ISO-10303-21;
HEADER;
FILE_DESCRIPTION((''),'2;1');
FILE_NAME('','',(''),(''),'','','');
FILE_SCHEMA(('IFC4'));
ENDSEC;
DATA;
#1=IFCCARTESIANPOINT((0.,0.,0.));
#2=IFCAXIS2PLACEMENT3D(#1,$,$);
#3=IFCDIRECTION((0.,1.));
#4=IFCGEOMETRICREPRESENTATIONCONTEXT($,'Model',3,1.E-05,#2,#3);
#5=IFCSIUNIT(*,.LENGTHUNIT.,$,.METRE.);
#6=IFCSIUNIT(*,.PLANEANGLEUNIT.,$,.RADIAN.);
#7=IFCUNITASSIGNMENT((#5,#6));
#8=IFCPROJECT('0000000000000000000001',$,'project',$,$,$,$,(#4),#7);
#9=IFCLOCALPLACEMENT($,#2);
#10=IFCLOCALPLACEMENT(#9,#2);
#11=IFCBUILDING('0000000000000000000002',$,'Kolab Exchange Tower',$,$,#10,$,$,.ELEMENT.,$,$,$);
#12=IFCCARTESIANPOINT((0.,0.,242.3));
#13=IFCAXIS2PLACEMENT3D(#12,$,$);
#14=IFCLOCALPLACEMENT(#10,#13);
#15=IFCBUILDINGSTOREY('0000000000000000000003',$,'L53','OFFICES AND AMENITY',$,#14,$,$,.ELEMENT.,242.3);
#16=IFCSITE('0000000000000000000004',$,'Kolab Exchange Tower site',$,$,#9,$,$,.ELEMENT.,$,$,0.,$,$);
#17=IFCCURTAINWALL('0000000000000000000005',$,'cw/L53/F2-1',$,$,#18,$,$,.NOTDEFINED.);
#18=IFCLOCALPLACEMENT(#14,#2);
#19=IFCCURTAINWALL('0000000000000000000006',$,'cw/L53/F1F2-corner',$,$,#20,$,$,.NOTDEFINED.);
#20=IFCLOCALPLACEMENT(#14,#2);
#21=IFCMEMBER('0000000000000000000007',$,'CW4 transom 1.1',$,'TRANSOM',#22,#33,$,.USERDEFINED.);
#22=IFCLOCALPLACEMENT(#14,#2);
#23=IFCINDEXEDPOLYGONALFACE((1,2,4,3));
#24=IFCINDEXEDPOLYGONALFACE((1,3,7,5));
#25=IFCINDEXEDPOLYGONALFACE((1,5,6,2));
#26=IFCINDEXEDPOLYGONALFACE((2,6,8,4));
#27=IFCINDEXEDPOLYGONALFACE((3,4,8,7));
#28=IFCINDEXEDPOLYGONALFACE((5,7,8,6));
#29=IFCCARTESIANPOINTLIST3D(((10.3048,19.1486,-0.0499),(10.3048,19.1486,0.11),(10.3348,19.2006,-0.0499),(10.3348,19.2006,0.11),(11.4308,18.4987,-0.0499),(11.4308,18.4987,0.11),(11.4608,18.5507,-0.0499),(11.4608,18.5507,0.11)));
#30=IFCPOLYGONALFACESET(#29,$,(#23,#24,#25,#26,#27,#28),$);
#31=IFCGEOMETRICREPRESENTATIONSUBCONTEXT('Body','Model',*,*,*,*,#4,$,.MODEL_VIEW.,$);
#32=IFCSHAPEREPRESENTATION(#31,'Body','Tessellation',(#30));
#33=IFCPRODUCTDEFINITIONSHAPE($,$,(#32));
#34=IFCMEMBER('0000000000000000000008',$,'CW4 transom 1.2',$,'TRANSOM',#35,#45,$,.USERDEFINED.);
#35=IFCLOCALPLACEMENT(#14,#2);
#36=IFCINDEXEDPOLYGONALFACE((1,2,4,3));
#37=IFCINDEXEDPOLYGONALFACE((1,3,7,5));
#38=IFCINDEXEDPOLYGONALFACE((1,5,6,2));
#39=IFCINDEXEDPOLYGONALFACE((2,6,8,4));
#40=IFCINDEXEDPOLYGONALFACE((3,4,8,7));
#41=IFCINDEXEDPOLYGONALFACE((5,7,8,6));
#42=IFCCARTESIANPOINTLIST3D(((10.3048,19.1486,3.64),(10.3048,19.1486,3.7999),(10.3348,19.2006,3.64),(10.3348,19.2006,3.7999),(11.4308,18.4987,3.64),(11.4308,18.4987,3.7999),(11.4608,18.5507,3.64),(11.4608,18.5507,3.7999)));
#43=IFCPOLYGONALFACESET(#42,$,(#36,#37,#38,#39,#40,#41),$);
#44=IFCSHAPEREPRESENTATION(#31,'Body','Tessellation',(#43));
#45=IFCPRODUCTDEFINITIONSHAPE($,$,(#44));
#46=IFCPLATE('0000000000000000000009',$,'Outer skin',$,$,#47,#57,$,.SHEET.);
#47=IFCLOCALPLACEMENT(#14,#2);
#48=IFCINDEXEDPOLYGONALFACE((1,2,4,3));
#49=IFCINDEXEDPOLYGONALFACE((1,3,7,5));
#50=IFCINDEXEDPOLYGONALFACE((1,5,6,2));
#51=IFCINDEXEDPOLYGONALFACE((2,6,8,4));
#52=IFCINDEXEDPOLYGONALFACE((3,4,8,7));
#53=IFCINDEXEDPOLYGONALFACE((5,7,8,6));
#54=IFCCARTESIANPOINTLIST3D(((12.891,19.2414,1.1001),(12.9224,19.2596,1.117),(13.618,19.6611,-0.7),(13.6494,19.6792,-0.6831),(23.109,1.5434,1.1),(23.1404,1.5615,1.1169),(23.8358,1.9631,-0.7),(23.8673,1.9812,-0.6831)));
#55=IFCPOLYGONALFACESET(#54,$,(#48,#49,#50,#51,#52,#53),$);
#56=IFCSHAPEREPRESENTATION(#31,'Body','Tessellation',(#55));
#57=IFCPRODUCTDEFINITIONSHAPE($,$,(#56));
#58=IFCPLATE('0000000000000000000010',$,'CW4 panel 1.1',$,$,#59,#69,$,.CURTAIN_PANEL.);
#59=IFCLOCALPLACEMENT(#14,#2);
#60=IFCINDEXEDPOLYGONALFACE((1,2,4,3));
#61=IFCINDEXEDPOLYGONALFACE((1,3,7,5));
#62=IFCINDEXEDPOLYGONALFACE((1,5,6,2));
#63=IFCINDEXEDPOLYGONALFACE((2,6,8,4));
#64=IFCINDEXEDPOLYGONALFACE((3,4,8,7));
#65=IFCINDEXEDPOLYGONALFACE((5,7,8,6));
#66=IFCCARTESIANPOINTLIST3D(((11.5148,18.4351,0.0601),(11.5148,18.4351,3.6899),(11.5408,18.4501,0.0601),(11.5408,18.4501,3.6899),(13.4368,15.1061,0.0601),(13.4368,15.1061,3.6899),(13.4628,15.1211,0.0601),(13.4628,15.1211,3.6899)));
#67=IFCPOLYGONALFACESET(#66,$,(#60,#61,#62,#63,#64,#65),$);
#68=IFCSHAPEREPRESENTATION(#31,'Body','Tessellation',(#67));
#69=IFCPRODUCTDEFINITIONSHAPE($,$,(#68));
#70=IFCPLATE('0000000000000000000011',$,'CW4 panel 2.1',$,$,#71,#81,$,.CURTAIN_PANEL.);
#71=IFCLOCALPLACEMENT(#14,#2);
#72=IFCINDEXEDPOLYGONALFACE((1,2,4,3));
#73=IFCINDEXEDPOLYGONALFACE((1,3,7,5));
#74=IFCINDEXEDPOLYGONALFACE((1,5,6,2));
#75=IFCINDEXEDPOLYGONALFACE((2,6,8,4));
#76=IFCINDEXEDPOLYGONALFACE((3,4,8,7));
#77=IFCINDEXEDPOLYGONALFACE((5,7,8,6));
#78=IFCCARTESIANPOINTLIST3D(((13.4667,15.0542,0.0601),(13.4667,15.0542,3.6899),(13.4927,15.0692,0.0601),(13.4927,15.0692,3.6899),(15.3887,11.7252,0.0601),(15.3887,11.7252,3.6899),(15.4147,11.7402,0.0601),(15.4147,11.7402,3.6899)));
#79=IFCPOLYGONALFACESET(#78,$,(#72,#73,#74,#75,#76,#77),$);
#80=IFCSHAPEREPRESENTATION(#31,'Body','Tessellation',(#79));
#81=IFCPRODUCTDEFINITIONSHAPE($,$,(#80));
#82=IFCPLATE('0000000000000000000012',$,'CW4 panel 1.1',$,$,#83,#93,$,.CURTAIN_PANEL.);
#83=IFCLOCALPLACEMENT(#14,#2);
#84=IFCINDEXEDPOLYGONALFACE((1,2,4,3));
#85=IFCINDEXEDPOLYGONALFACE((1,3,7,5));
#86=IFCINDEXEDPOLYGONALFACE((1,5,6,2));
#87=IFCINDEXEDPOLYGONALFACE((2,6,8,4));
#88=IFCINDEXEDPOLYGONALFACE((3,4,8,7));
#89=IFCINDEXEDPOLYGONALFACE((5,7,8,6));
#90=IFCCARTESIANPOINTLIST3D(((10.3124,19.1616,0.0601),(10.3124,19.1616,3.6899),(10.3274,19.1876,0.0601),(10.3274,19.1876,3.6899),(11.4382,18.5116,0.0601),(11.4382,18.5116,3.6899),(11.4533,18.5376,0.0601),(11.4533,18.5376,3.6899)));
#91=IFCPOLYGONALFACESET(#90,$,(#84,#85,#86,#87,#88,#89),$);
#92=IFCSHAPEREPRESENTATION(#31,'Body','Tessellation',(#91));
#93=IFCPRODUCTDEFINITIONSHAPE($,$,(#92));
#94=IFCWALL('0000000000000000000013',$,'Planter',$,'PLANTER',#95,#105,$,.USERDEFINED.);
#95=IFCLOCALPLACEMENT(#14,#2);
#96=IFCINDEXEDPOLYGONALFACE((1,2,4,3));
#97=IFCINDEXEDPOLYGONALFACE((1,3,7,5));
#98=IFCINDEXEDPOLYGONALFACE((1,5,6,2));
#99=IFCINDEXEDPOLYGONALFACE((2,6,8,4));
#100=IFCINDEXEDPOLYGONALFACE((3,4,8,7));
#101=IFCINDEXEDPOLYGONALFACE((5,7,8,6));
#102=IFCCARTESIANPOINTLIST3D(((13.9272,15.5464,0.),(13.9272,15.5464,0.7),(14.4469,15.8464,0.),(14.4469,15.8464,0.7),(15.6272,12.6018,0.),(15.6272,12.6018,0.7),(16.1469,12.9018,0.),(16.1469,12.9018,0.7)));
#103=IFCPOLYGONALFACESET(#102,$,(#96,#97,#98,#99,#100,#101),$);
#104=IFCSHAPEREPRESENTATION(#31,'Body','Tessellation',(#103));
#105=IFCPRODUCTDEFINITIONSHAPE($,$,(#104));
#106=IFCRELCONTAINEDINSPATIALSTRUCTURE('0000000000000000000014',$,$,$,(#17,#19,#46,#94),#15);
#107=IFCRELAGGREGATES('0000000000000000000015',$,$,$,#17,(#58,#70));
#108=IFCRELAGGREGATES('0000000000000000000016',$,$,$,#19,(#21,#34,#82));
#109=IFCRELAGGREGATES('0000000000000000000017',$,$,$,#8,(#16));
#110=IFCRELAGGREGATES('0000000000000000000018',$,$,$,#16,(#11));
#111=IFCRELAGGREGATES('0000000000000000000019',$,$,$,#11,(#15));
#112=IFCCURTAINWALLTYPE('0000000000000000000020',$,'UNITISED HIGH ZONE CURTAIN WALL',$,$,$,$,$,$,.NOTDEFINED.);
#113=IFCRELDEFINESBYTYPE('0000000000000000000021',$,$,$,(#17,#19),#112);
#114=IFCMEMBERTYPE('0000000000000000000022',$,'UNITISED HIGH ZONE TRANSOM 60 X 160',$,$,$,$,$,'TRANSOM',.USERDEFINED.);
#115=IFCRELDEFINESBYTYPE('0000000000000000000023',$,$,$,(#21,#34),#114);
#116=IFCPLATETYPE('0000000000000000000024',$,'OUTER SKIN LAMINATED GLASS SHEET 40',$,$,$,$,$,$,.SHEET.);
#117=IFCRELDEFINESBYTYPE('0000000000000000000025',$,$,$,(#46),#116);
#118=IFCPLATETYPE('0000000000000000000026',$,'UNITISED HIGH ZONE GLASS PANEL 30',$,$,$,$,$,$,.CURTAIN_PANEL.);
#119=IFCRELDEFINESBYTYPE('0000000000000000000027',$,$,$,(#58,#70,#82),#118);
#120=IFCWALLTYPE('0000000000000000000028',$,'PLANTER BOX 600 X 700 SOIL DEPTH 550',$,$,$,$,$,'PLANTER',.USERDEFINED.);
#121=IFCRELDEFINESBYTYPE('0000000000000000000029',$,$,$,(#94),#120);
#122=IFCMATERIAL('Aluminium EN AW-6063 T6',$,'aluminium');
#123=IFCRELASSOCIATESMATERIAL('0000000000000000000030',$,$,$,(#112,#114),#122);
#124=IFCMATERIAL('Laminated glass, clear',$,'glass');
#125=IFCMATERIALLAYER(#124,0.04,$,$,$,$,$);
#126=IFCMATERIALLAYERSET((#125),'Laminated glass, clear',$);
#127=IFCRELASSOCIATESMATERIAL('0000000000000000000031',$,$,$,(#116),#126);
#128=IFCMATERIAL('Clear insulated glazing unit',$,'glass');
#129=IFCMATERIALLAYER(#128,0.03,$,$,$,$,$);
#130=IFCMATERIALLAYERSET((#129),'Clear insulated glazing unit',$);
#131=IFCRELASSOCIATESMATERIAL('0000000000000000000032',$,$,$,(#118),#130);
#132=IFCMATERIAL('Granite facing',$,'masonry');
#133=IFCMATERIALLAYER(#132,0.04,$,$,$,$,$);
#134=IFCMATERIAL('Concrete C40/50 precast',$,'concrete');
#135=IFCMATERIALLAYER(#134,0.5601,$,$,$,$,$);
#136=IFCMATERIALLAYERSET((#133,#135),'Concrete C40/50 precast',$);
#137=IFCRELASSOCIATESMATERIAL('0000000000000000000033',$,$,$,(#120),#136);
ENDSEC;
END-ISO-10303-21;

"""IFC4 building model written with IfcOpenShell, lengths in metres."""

from ifc_helpers import new_model, si_unit, direction, frame, frame_2d, origin, origin_2d, place, context, subcontext, project, spatial, polyline, rectangle, outline, extrude, material, layer, layer_set, material_profile, profile_set, type_object, element, aggregate, save


model = new_model("IFC4")

# Units and contexts
model_context = context("Model", 3, precision=1e-05, world=origin(), true_north=direction((0.0, 1.0)))
body_context = subcontext(model_context, "Body", "Model", "MODEL_VIEW")
ifc_project = project(units=[si_unit("LENGTHUNIT", "METRE"), si_unit("PLANEANGLEUNIT", "RADIAN")], contexts=[model_context])

# Site, building, storey
site_placement = place(None, origin())
site = spatial("IfcSite", under=ifc_project, at=site_placement, Name="Kolab Exchange Tower site", CompositionType="ELEMENT", RefElevation=0.0)
building_placement = place(site_placement, origin())
building = spatial("IfcBuilding", under=site, at=building_placement, Name="Kolab Exchange Tower", CompositionType="ELEMENT")
storey_placement = place(building_placement, frame((0.0, 0.0, 242.3)))
storey = spatial("IfcBuildingStorey", under=building, at=storey_placement, Name="L53", Description="OFFICES AND AMENITY", CompositionType="ELEMENT", Elevation=242.3)

# Shared definitions
ifc_material_1 = material(Name="Aluminium EN AW-6063 T6", Category="aluminium")
curtain_wall_type = type_object("IfcCurtainWallType", Name="UNITISED HIGH ZONE CURTAIN WALL", PredefinedType="NOTDEFINED", material=ifc_material_1)

# Curtain walls
curtain_wall_1_placement = place(storey_placement, origin())
curtain_wall_1 = element("IfcCurtainWall", 1, at=curtain_wall_1_placement, inside=storey, type_object=curtain_wall_type, Name="cw/L53/F2-1", PredefinedType="NOTDEFINED")
curtain_wall_2_placement = place(storey_placement, origin())
curtain_wall_2 = element("IfcCurtainWall", 2, at=curtain_wall_2_placement, inside=storey, type_object=curtain_wall_type, Name="cw/L53/F1F2-corner", PredefinedType="NOTDEFINED")

# Members
ifc_material_profile_1 = material_profile(ifc_material_1, rectangle(XDim=0.0601, YDim=0.1599, at=origin_2d()), Name="RECT 60X160")
ifc_profile_set_1 = profile_set([ifc_material_profile_1], Name="Aluminium EN AW-6063 T6")
member_type_1 = type_object("IfcMemberType", Name="UNITISED HIGH ZONE TRANSOM 60 X 160", ElementType="TRANSOM", PredefinedType="USERDEFINED", material=ifc_profile_set_1)
member_1_placement = place(storey_placement, frame((10.3198, 19.1746, 0.03), z_axis=(0.866086, -0.499896, 0.0), x_axis=(0.499896, 0.866086, 0.0)))
member_1 = element("IfcMember", 3, at=member_1_placement, type_object=member_type_1, Name="CW4 transom 1.1", ObjectType="TRANSOM", PredefinedType="USERDEFINED", context=body_context, shape_type="SweptSolid", body=[
    extrude(rectangle(XDim=0.0601, YDim=0.1599, at=origin_2d()), origin(), (0.0, 0.0, 1.0), 1.3),
])
member_2_placement = place(storey_placement, frame((10.3198, 19.1746, 3.72), z_axis=(0.866086, -0.499896, 0.0), x_axis=(0.499896, 0.866086, 0.0)))
member_2 = element("IfcMember", 4, at=member_2_placement, type_object=member_type_1, Name="CW4 transom 1.2", ObjectType="TRANSOM", PredefinedType="USERDEFINED", context=body_context, shape_type="SweptSolid", body=[
    extrude(rectangle(XDim=0.0601, YDim=0.1599, at=origin_2d()), origin(), (0.0, 0.0, 1.0), 1.3),
])

# Plates
ifc_material_2 = material(Name="Laminated glass, clear", Category="glass")
ifc_layer_1 = layer(ifc_material_2, 0.04)
ifc_layer_set_1 = layer_set([ifc_layer_1], Name="Laminated glass, clear")
plate_type_1 = type_object("IfcPlateType", Name="OUTER SKIN LAMINATED GLASS SHEET 40", PredefinedType="SHEET", material=ifc_layer_set_1)
plate_1_placement = place(storey_placement, frame((13.6494, 19.6792, -0.6831), z_axis=(0.784886, 0.453152, 0.422619), x_axis=(0.499997, -0.866027, 0.000002)))
element("IfcPlate", 5, at=plate_1_placement, inside=storey, type_object=plate_type_1, Name="Outer skin", PredefinedType="SHEET", context=body_context, shape_type="SweptSolid", body=[
    extrude(outline(polyline([(0.0, 0.0), (20.4358, 0.0), (20.4359, -1.9861), (-0.0001, -1.9862), (0.0, 0.0)])), origin(), (0.0, 0.0, -1.0), 0.04),
])
ifc_material_3 = material(Name="Clear insulated glazing unit", Category="glass")
ifc_layer_2 = layer(ifc_material_3, 0.03)
ifc_layer_set_2 = layer_set([ifc_layer_2], Name="Clear insulated glazing unit")
plate_type_2 = type_object("IfcPlateType", Name="UNITISED HIGH ZONE GLASS PANEL 30", PredefinedType="CURTAIN_PANEL", material=ifc_layer_set_2)
plate_2_placement = place(storey_placement, frame((12.4888, 16.7781, 0.0601), z_axis=(0.0, 0.0, 1.0), x_axis=(0.5, -0.866025, 0.0)))
plate_2 = element("IfcPlate", 6, at=plate_2_placement, type_object=plate_type_2, Name="CW4 panel 1.1", PredefinedType="CURTAIN_PANEL", context=body_context, shape_type="SweptSolid", body=[
    extrude(rectangle(XDim=3.844, YDim=0.03, at=origin_2d()), origin(), (0.0, 0.0, 1.0), 3.6299),
])
plate_3_placement = place(storey_placement, frame((14.4407, 13.3972, 0.0601), z_axis=(0.0, 0.0, 1.0), x_axis=(0.5, -0.866025, 0.0)))
plate_3 = element("IfcPlate", 7, at=plate_3_placement, type_object=plate_type_2, Name="CW4 panel 2.1", PredefinedType="CURTAIN_PANEL", context=body_context, shape_type="SweptSolid", body=[
    extrude(rectangle(XDim=3.844, YDim=0.03, at=origin_2d()), origin(), (0.0, 0.0, 1.0), 3.6299),
])
aggregate(curtain_wall_1, [plate_2, plate_3])
plate_4_placement = place(storey_placement, frame((10.8828, 18.8496, 0.0601), z_axis=(0.0, 0.0, 1.0), x_axis=(0.866025, -0.5, 0.0)))
plate_4 = element("IfcPlate", 8, at=plate_4_placement, type_object=plate_type_2, Name="CW4 panel 1.1", PredefinedType="CURTAIN_PANEL", context=body_context, shape_type="SweptSolid", body=[
    extrude(rectangle(XDim=1.3, YDim=0.03, at=origin_2d()), origin(), (0.0, 0.0, 1.0), 3.6299),
])
aggregate(curtain_wall_2, [member_1, member_2, plate_4])

# Wall
ifc_material_4 = material(Name="Granite facing", Category="masonry")
ifc_layer_3 = layer(ifc_material_4, 0.04)
ifc_material_5 = material(Name="Concrete C40/50 precast", Category="concrete")
ifc_layer_4 = layer(ifc_material_5, 0.5601)
ifc_layer_set_3 = layer_set([ifc_layer_3, ifc_layer_4], Name="Concrete C40/50 precast")
wall_type = type_object("IfcWallType", Name="PLANTER BOX 600 X 700 SOIL DEPTH 550", ElementType="PLANTER", PredefinedType="USERDEFINED", material=ifc_layer_set_3)
wall_placement = place(storey_placement, frame((14.187, 15.6965, 0.0), z_axis=(0.0, 0.0, 1.0), x_axis=(0.499977, -0.866039, 0.0)))
element("IfcWall", 9, at=wall_placement, inside=storey, type_object=wall_type, Name="Planter", ObjectType="PLANTER", PredefinedType="USERDEFINED", context=body_context, shape_type="SweptSolid", body=[
    extrude(rectangle(XDim=3.4001, YDim=0.6001, at=frame_2d((1.7002, 0.0))), origin(), (0.0, 0.0, 1.0), 0.7),
])

save(model, "model.ifc")
